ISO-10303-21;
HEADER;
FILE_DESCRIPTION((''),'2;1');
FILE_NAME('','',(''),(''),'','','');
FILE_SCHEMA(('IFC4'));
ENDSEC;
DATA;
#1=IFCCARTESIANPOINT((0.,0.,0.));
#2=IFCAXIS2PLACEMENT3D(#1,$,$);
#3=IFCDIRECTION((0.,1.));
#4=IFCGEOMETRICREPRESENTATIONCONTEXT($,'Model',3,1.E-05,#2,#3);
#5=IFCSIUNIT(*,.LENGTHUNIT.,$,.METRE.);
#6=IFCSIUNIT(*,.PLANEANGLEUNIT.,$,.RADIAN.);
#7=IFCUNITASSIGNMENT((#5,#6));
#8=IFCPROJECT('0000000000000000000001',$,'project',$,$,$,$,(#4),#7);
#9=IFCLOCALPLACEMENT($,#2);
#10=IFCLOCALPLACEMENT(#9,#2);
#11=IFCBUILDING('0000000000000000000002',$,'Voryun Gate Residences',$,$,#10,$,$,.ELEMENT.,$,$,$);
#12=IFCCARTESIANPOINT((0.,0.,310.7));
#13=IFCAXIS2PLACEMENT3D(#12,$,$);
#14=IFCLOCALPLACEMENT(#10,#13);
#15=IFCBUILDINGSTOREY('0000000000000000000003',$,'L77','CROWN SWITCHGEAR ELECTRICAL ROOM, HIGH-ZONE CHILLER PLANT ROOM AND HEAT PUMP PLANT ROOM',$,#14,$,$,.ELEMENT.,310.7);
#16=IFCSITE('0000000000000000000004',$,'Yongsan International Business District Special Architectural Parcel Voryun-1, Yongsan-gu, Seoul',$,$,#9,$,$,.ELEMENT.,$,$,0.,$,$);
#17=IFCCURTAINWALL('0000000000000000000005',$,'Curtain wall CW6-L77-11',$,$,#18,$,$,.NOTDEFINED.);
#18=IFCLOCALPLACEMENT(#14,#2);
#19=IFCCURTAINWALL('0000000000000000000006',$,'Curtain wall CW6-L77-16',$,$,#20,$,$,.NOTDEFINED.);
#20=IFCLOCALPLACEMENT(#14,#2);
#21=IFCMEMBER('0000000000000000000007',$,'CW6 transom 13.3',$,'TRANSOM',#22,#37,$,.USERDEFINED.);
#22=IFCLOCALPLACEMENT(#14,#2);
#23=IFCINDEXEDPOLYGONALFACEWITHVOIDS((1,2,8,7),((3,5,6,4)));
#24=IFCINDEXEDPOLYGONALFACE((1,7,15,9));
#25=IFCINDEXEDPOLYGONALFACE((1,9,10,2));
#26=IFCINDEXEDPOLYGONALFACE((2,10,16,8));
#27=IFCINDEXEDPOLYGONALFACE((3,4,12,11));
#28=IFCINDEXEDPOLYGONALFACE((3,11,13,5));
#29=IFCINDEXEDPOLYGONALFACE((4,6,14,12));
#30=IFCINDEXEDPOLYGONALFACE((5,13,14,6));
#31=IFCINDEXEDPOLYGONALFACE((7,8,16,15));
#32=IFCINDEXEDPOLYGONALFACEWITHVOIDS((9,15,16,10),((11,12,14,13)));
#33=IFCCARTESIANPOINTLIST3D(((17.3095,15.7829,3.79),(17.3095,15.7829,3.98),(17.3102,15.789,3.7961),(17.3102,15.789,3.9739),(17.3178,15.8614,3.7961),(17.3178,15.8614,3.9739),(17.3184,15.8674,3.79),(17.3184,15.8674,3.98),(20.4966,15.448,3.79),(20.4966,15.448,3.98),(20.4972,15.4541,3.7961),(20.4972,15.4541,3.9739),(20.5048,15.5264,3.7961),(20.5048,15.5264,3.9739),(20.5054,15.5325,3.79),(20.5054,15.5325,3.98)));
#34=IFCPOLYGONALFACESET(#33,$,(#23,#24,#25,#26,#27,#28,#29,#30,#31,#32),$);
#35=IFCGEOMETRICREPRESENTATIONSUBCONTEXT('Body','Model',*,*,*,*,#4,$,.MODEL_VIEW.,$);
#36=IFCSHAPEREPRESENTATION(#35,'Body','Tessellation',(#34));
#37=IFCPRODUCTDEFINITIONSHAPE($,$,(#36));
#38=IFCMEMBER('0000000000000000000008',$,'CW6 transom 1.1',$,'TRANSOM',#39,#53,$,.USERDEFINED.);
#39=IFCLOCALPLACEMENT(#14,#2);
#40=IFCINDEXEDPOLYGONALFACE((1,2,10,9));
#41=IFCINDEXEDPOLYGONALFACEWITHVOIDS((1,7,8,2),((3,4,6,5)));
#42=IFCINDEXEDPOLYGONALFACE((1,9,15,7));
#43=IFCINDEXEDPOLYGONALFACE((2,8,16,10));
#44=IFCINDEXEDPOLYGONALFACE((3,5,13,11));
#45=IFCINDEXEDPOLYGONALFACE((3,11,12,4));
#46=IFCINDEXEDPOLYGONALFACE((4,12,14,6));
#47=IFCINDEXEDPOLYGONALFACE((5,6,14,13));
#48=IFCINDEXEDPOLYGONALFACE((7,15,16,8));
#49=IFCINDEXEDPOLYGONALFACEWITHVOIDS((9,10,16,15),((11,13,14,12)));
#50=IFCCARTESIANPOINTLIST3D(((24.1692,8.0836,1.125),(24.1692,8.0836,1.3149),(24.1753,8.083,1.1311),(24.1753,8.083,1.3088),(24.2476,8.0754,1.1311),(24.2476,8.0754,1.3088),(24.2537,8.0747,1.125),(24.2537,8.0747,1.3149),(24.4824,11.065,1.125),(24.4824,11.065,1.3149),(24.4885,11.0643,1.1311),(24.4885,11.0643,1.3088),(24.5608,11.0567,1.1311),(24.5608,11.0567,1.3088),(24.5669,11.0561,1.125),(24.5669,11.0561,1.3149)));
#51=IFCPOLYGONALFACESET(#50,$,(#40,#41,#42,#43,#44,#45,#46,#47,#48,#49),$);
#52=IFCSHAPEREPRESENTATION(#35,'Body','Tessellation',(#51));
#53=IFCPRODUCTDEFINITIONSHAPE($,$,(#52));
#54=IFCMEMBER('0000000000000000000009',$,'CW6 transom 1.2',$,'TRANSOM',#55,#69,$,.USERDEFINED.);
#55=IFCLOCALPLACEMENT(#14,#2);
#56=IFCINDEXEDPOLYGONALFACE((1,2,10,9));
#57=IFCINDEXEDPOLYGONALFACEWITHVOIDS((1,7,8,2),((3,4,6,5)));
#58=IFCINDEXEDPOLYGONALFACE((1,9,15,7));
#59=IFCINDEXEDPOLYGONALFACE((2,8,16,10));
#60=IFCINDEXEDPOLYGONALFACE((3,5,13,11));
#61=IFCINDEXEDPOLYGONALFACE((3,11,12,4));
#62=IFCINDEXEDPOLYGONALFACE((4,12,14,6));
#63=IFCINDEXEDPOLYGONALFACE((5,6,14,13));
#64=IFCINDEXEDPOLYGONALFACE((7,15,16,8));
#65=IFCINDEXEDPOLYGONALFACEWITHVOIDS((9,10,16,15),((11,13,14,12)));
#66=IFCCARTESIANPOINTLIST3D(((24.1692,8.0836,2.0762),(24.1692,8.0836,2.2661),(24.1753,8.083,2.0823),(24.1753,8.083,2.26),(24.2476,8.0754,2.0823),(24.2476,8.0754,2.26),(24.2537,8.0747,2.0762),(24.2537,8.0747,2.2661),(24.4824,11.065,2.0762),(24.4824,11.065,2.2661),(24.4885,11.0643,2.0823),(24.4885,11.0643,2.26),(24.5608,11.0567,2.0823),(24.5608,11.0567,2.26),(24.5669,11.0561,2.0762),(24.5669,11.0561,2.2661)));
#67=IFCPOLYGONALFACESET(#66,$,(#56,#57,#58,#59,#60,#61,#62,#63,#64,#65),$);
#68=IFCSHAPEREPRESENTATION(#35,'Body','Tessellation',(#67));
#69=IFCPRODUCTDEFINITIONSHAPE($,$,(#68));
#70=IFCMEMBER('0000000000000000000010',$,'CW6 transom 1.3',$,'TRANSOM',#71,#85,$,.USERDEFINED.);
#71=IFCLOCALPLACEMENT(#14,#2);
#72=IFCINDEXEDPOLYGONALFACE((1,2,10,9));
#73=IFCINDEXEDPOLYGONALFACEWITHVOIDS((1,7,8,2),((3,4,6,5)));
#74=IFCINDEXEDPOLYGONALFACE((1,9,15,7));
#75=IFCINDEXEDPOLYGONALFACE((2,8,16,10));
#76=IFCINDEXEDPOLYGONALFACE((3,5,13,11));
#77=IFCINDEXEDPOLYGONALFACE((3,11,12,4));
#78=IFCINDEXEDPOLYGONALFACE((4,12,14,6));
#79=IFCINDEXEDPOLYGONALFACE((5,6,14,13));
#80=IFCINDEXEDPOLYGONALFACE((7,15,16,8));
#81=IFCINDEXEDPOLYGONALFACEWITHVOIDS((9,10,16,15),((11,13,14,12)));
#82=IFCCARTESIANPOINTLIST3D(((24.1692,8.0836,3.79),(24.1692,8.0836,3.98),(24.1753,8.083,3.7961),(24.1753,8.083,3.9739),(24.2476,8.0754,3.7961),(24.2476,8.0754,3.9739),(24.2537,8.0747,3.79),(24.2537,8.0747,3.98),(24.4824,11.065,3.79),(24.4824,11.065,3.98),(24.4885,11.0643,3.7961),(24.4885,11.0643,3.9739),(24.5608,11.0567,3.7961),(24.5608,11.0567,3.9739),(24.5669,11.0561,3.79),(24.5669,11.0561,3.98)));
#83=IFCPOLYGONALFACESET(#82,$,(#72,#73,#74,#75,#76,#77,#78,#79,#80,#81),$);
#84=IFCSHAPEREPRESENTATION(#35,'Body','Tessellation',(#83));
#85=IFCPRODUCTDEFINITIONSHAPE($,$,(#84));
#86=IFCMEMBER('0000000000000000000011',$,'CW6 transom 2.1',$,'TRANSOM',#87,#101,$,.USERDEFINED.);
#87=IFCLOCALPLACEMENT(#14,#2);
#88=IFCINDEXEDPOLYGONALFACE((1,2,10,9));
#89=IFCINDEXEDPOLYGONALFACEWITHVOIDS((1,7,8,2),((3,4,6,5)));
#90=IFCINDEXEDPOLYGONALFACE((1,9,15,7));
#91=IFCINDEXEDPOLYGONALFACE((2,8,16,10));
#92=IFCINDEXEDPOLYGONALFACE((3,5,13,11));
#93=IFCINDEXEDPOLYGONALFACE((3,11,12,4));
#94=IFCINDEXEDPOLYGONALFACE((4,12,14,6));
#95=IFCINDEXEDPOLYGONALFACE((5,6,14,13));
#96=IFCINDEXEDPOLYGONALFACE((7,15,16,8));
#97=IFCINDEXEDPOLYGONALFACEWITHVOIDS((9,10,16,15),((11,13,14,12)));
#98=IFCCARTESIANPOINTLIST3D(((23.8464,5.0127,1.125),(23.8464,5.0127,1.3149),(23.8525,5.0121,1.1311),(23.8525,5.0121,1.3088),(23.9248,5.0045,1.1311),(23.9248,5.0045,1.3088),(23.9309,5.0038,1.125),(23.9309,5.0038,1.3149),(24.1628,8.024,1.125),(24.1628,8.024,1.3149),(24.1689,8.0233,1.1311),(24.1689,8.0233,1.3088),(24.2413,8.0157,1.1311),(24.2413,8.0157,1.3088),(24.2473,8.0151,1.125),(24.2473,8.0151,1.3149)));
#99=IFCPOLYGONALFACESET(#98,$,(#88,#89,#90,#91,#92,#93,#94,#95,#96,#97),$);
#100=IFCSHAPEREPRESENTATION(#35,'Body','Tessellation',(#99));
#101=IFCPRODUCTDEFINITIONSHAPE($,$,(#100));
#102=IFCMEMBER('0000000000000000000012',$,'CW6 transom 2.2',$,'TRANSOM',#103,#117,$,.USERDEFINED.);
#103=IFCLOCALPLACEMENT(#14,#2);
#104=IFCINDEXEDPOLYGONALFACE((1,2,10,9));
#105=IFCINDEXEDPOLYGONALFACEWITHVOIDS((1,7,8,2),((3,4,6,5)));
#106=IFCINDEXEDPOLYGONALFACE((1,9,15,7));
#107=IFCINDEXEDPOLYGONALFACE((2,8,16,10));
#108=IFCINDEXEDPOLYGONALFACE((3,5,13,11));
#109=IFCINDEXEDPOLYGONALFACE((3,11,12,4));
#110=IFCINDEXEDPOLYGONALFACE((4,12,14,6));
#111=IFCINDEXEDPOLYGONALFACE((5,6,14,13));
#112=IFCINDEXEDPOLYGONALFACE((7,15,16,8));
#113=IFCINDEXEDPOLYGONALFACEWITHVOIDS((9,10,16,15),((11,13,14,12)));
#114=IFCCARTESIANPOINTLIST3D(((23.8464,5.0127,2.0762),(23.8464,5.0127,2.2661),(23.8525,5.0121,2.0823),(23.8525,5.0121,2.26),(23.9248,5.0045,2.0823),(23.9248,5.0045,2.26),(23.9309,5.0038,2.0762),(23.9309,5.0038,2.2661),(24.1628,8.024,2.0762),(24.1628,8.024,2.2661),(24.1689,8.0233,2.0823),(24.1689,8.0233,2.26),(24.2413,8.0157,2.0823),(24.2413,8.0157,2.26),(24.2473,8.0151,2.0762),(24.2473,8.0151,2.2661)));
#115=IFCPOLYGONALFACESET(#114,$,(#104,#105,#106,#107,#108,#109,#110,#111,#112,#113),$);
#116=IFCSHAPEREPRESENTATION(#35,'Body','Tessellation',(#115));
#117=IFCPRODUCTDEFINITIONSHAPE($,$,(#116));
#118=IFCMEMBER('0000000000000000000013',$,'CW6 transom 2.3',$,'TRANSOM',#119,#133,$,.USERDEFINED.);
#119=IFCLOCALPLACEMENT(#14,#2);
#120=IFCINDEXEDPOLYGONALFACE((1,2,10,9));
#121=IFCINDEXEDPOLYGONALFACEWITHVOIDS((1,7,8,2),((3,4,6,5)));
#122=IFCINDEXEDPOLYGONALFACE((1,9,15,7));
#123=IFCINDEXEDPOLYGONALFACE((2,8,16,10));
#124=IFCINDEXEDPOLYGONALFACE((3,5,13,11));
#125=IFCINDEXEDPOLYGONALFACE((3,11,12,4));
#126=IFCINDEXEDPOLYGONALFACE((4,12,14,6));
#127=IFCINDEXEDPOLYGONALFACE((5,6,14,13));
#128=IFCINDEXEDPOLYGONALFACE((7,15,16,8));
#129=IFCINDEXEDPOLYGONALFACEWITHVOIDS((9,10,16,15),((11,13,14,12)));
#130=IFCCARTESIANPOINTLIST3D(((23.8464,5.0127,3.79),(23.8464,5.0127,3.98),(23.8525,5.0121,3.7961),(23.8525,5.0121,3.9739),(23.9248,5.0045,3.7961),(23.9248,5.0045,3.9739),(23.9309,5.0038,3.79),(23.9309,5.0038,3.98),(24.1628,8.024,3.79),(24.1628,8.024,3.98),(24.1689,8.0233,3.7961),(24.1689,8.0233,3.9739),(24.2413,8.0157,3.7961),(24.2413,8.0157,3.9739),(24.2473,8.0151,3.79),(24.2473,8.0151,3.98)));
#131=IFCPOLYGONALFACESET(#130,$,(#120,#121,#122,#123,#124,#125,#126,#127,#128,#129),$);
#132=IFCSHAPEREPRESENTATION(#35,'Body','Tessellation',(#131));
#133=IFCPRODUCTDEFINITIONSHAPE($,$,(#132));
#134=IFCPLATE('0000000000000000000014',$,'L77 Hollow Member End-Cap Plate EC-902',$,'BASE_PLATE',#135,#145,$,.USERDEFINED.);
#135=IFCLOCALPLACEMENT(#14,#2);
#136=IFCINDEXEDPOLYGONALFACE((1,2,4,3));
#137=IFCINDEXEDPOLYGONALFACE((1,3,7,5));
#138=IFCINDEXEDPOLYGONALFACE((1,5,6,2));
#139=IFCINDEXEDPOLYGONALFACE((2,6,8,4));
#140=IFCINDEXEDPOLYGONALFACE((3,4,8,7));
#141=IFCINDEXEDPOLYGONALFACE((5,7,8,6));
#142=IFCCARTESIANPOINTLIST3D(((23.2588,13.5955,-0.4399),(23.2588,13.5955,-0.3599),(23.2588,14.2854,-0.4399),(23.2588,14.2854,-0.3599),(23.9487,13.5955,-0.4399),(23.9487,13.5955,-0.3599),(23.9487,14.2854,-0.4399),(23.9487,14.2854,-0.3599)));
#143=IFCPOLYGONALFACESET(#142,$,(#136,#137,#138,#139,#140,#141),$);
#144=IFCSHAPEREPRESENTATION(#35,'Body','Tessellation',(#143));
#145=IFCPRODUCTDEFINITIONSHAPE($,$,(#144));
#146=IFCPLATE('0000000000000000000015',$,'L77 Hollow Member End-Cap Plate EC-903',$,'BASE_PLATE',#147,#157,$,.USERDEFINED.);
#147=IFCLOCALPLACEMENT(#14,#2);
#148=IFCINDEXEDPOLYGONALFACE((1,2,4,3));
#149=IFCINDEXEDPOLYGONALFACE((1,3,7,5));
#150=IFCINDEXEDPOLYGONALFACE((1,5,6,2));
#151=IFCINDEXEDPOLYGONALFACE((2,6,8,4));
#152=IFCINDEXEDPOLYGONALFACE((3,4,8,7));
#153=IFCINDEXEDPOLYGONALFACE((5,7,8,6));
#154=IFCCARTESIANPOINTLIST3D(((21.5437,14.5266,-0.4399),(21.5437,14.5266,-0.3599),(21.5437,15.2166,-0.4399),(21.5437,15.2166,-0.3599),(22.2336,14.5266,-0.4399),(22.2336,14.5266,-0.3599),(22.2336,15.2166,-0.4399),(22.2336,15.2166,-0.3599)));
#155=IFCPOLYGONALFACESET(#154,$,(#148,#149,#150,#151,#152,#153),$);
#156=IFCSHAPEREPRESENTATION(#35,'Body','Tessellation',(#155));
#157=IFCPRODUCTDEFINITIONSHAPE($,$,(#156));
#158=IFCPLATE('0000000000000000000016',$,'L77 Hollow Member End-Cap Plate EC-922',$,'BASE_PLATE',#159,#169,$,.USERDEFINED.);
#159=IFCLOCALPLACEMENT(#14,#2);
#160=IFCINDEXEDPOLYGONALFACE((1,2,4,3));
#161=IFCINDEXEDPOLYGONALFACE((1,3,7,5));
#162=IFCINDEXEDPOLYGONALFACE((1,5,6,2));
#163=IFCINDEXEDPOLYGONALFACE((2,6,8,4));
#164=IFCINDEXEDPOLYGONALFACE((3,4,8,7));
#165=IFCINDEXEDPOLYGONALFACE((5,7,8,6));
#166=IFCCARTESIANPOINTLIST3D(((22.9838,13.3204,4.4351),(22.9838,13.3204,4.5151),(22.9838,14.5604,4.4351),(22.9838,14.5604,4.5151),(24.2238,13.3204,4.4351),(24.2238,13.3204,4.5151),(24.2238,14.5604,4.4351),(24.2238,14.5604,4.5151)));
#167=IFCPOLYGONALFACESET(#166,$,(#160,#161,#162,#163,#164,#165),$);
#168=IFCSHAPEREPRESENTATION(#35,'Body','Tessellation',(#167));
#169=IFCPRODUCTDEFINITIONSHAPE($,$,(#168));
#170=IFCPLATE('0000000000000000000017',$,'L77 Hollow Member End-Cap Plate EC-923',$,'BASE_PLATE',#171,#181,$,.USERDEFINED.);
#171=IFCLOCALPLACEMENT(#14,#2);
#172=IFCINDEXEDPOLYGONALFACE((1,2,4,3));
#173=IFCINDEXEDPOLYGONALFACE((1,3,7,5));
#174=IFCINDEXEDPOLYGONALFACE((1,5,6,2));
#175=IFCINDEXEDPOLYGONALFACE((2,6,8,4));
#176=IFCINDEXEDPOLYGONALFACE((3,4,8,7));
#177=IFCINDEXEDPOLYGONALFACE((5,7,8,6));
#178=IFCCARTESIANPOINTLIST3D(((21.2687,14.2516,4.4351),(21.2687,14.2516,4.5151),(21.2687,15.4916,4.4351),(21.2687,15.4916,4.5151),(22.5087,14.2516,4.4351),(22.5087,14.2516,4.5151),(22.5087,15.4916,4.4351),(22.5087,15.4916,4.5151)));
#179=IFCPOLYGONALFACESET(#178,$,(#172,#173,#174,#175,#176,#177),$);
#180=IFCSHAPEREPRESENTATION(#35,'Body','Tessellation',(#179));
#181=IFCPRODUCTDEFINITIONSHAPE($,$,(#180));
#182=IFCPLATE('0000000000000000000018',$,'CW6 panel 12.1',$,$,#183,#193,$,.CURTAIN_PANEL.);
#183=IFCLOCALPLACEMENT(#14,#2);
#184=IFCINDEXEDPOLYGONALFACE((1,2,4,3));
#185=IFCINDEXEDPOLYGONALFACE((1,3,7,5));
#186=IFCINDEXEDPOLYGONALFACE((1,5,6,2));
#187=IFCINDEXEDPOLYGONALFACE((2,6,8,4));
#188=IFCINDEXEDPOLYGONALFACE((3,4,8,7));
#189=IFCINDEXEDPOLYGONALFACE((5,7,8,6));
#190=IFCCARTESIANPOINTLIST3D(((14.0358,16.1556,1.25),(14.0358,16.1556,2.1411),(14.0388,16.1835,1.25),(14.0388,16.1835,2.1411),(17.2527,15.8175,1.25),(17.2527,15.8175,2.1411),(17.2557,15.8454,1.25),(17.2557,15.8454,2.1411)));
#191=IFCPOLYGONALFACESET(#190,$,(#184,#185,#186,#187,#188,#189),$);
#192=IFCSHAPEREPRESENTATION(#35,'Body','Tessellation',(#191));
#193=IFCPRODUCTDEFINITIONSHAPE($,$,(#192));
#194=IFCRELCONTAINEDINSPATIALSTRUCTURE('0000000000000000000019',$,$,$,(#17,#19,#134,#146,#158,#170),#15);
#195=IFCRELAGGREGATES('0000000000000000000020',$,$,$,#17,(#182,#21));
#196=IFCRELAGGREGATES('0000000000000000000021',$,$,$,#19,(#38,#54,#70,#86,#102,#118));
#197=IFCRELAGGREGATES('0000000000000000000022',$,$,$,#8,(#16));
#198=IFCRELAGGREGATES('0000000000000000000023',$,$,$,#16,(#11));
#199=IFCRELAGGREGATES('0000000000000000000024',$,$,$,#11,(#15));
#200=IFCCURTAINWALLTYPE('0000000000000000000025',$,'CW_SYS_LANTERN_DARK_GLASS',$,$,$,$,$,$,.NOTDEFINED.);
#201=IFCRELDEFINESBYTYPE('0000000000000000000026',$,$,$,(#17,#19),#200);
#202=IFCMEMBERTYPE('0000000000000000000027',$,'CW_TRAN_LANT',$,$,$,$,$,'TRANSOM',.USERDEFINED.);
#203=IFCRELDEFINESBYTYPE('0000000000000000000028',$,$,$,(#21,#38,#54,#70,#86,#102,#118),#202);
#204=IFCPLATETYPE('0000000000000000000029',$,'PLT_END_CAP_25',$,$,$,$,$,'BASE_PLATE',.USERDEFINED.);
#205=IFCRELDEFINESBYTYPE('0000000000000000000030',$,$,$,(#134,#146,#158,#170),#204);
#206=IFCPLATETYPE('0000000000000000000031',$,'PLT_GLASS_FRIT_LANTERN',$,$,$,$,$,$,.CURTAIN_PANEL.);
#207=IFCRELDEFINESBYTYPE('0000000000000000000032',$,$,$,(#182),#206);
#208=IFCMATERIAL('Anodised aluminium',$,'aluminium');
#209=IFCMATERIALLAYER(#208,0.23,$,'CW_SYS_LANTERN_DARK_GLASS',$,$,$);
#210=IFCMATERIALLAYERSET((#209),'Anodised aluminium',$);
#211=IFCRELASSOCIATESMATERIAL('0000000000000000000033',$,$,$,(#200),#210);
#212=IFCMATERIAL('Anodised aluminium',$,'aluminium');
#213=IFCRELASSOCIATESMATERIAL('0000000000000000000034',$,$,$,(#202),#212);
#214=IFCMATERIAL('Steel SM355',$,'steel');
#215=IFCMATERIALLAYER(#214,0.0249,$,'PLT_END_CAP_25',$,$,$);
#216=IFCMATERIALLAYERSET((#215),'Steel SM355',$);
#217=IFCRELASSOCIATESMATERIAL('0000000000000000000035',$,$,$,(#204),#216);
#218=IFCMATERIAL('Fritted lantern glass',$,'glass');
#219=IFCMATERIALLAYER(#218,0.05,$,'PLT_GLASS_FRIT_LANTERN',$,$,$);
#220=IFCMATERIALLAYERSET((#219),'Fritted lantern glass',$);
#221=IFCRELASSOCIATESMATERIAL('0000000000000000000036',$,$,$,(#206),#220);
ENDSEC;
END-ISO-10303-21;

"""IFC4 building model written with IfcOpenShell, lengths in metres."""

from ifc_helpers import new_model, si_unit, direction, frame, origin, origin_2d, place, context, subcontext, project, spatial, rectangle, hollow_rectangle, extrude, material, layer, layer_set, material_profile, profile_set, type_object, element, aggregate, save


model = new_model("IFC4")

# Units and contexts
model_context = context("Model", 3, precision=1e-05, world=origin(), true_north=direction((0.0, 1.0)))
body_context = subcontext(model_context, "Body", "Model", "MODEL_VIEW")
ifc_project = project(units=[si_unit("LENGTHUNIT", "METRE"), si_unit("PLANEANGLEUNIT", "RADIAN")], contexts=[model_context])

# Site, building, storey
site_placement = place(None, origin())
site = spatial("IfcSite", under=ifc_project, at=site_placement, Name="Yongsan International Business District Special Architectural Parcel Voryun-1, Yongsan-gu, Seoul", CompositionType="ELEMENT", RefElevation=0.0)
building_placement = place(site_placement, origin())
building = spatial("IfcBuilding", under=site, at=building_placement, Name="Voryun Gate Residences", CompositionType="ELEMENT")
storey_placement = place(building_placement, frame((0.0, 0.0, 310.7)))
storey = spatial("IfcBuildingStorey", under=building, at=storey_placement, Name="L77", Description="CROWN SWITCHGEAR ELECTRICAL ROOM, HIGH-ZONE CHILLER PLANT ROOM AND HEAT PUMP PLANT ROOM", CompositionType="ELEMENT", Elevation=310.7)

# Curtain walls
ifc_material_1 = material(Name="Anodised aluminium", Category="aluminium")
ifc_layer_1 = layer(ifc_material_1, 0.23, Name="CW_SYS_LANTERN_DARK_GLASS")
ifc_layer_set_1 = layer_set([ifc_layer_1], Name="Anodised aluminium")
curtain_wall_type = type_object("IfcCurtainWallType", Name="CW_SYS_LANTERN_DARK_GLASS", PredefinedType="NOTDEFINED", material=ifc_layer_set_1)
curtain_wall_1_placement = place(storey_placement, origin())
curtain_wall_1 = element("IfcCurtainWall", 1, at=curtain_wall_1_placement, inside=storey, type_object=curtain_wall_type, Name="Curtain wall CW6-L77-11", PredefinedType="NOTDEFINED")
curtain_wall_2_placement = place(storey_placement, origin())
curtain_wall_2 = element("IfcCurtainWall", 2, at=curtain_wall_2_placement, inside=storey, type_object=curtain_wall_type, Name="Curtain wall CW6-L77-16", PredefinedType="NOTDEFINED")

# Members
ifc_material_2 = material(Name="Anodised aluminium", Category="aluminium")
ifc_material_profile_1 = material_profile(ifc_material_2, hollow_rectangle(XDim=0.085, YDim=0.1899, WallThickness=0.0061, at=origin_2d()), Name="ALU-TRAN-190x85x6")
ifc_profile_set_1 = profile_set([ifc_material_profile_1], Name="Anodised aluminium")
member_type_1 = type_object("IfcMemberType", Name="CW_TRAN_LANT", ElementType="TRANSOM", PredefinedType="USERDEFINED", material=ifc_profile_set_1)
member_1_placement = place(storey_placement, frame((17.314, 15.8252, 3.885), z_axis=(0.994522, -0.104526, 0.0), x_axis=(0.104526, 0.994522, 0.0)))
member_1 = element("IfcMember", 3, at=member_1_placement, type_object=member_type_1, Name="CW6 transom 13.3", ObjectType="TRANSOM", PredefinedType="USERDEFINED", context=body_context, shape_type="SweptSolid", body=[
    extrude(hollow_rectangle(XDim=0.085, YDim=0.1899, WallThickness=0.0061, at=origin_2d()), origin(), (0.0, 0.0, 1.0), 3.2046),
])
member_2_placement = place(storey_placement, frame((24.5247, 11.0605, 1.22), z_axis=(-0.104486, -0.994526, 0.0), x_axis=(0.994526, -0.104486, 0.0)))
member_2 = element("IfcMember", 4, at=member_2_placement, type_object=member_type_1, Name="CW6 transom 1.1", ObjectType="TRANSOM", PredefinedType="USERDEFINED", context=body_context, shape_type="SweptSolid", body=[
    extrude(hollow_rectangle(XDim=0.085, YDim=0.1899, WallThickness=0.0061, at=origin_2d()), origin(), (0.0, 0.0, 1.0), 2.9978),
])
member_3_placement = place(storey_placement, frame((24.5247, 11.0605, 2.1711), z_axis=(-0.104486, -0.994526, 0.0), x_axis=(0.994526, -0.104486, 0.0)))
member_3 = element("IfcMember", 5, at=member_3_placement, type_object=member_type_1, Name="CW6 transom 1.2", ObjectType="TRANSOM", PredefinedType="USERDEFINED", context=body_context, shape_type="SweptSolid", body=[
    extrude(hollow_rectangle(XDim=0.085, YDim=0.1899, WallThickness=0.0061, at=origin_2d()), origin(), (0.0, 0.0, 1.0), 2.9978),
])
member_4_placement = place(storey_placement, frame((24.5247, 11.0605, 3.885), z_axis=(-0.104486, -0.994526, 0.0), x_axis=(0.994526, -0.104486, 0.0)))
member_4 = element("IfcMember", 6, at=member_4_placement, type_object=member_type_1, Name="CW6 transom 1.3", ObjectType="TRANSOM", PredefinedType="USERDEFINED", context=body_context, shape_type="SweptSolid", body=[
    extrude(hollow_rectangle(XDim=0.085, YDim=0.1899, WallThickness=0.0061, at=origin_2d()), origin(), (0.0, 0.0, 1.0), 2.9978),
])
member_5_placement = place(storey_placement, frame((24.2051, 8.0195, 1.22), z_axis=(-0.1045, -0.994525, 0.0), x_axis=(0.994525, -0.1045, 0.0)))
member_5 = element("IfcMember", 7, at=member_5_placement, type_object=member_type_1, Name="CW6 transom 2.1", ObjectType="TRANSOM", PredefinedType="USERDEFINED", context=body_context, shape_type="SweptSolid", body=[
    extrude(hollow_rectangle(XDim=0.085, YDim=0.1899, WallThickness=0.0061, at=origin_2d()), origin(), (0.0, 0.0, 1.0), 3.0278),
])
member_6_placement = place(storey_placement, frame((24.2051, 8.0195, 2.1711), z_axis=(-0.1045, -0.994525, 0.0), x_axis=(0.994525, -0.1045, 0.0)))
member_6 = element("IfcMember", 8, at=member_6_placement, type_object=member_type_1, Name="CW6 transom 2.2", ObjectType="TRANSOM", PredefinedType="USERDEFINED", context=body_context, shape_type="SweptSolid", body=[
    extrude(hollow_rectangle(XDim=0.085, YDim=0.1899, WallThickness=0.0061, at=origin_2d()), origin(), (0.0, 0.0, 1.0), 3.0278),
])
member_7_placement = place(storey_placement, frame((24.2051, 8.0195, 3.885), z_axis=(-0.1045, -0.994525, 0.0), x_axis=(0.994525, -0.1045, 0.0)))
member_7 = element("IfcMember", 9, at=member_7_placement, type_object=member_type_1, Name="CW6 transom 2.3", ObjectType="TRANSOM", PredefinedType="USERDEFINED", context=body_context, shape_type="SweptSolid", body=[
    extrude(hollow_rectangle(XDim=0.085, YDim=0.1899, WallThickness=0.0061, at=origin_2d()), origin(), (0.0, 0.0, 1.0), 3.0278),
])

# Plates
ifc_material_3 = material(Name="Steel SM355", Category="steel")
ifc_layer_2 = layer(ifc_material_3, 0.0249, Name="PLT_END_CAP_25")
ifc_layer_set_2 = layer_set([ifc_layer_2], Name="Steel SM355")
plate_type_1 = type_object("IfcPlateType", Name="PLT_END_CAP_25", ElementType="BASE_PLATE", PredefinedType="USERDEFINED", material=ifc_layer_set_2)
for number, where, z_axis, x_axis, name in (
    (10, (23.6038, 13.9404, -0.4399), (0.0, 0.0, 1.0), (1.0, 0.0, 0.0), "L77 Hollow Member End-Cap Plate EC-902"),
    (11, (21.8887, 14.8716, -0.4399), (0.0, 0.0, 1.0), (1.0, 0.0, 0.0), "L77 Hollow Member End-Cap Plate EC-903"),
):
    element("IfcPlate", number, at=place(storey_placement, frame(where, z_axis=z_axis, x_axis=x_axis)), inside=storey, type_object=plate_type_1, Name=name, ObjectType="BASE_PLATE", PredefinedType="USERDEFINED", context=body_context, shape_type="SweptSolid", body=[
        extrude(rectangle(XDim=0.6899, YDim=0.6899, at=origin_2d()), origin(), (0.0, 0.0, 1.0), 0.0801),
    ])
for number, where, z_axis, x_axis, name in (
    (12, (23.6038, 13.9404, 4.4351), (0.0, 0.0, 1.0), (1.0, 0.0, 0.0), "L77 Hollow Member End-Cap Plate EC-922"),
    (13, (21.8887, 14.8716, 4.4351), (0.0, 0.0, 1.0), (1.0, 0.0, 0.0), "L77 Hollow Member End-Cap Plate EC-923"),
):
    element("IfcPlate", number, at=place(storey_placement, frame(where, z_axis=z_axis, x_axis=x_axis)), inside=storey, type_object=plate_type_1, Name=name, ObjectType="BASE_PLATE", PredefinedType="USERDEFINED", context=body_context, shape_type="SweptSolid", body=[
        extrude(rectangle(XDim=1.24, YDim=1.24, at=origin_2d()), origin(), (0.0, 0.0, 1.0), 0.0801),
    ])

# Plate
ifc_material_4 = material(Name="Fritted lantern glass", Category="glass")
ifc_layer_3 = layer(ifc_material_4, 0.05, Name="PLT_GLASS_FRIT_LANTERN")
ifc_layer_set_3 = layer_set([ifc_layer_3], Name="Fritted lantern glass")
plate_type_2 = type_object("IfcPlateType", Name="PLT_GLASS_FRIT_LANTERN", PredefinedType="CURTAIN_PANEL", material=ifc_layer_set_3)
plate_1_placement = place(storey_placement, frame((15.6458, 16.0005, 1.25), z_axis=(0.0, 0.0, 1.0), x_axis=(0.994522, -0.104528, 0.0)))
plate_1 = element("IfcPlate", 14, at=plate_1_placement, type_object=plate_type_2, Name="CW6 panel 12.1", PredefinedType="CURTAIN_PANEL", context=body_context, shape_type="SweptSolid", body=[
    extrude(rectangle(XDim=3.2346, YDim=0.0281, at=origin_2d()), origin(), (0.0, 0.0, 1.0), 0.8911),
])
aggregate(curtain_wall_1, [plate_1, member_1])
aggregate(curtain_wall_2, [member_2, member_3, member_4, member_5, member_6, member_7])

save(model, "model.ifc")
